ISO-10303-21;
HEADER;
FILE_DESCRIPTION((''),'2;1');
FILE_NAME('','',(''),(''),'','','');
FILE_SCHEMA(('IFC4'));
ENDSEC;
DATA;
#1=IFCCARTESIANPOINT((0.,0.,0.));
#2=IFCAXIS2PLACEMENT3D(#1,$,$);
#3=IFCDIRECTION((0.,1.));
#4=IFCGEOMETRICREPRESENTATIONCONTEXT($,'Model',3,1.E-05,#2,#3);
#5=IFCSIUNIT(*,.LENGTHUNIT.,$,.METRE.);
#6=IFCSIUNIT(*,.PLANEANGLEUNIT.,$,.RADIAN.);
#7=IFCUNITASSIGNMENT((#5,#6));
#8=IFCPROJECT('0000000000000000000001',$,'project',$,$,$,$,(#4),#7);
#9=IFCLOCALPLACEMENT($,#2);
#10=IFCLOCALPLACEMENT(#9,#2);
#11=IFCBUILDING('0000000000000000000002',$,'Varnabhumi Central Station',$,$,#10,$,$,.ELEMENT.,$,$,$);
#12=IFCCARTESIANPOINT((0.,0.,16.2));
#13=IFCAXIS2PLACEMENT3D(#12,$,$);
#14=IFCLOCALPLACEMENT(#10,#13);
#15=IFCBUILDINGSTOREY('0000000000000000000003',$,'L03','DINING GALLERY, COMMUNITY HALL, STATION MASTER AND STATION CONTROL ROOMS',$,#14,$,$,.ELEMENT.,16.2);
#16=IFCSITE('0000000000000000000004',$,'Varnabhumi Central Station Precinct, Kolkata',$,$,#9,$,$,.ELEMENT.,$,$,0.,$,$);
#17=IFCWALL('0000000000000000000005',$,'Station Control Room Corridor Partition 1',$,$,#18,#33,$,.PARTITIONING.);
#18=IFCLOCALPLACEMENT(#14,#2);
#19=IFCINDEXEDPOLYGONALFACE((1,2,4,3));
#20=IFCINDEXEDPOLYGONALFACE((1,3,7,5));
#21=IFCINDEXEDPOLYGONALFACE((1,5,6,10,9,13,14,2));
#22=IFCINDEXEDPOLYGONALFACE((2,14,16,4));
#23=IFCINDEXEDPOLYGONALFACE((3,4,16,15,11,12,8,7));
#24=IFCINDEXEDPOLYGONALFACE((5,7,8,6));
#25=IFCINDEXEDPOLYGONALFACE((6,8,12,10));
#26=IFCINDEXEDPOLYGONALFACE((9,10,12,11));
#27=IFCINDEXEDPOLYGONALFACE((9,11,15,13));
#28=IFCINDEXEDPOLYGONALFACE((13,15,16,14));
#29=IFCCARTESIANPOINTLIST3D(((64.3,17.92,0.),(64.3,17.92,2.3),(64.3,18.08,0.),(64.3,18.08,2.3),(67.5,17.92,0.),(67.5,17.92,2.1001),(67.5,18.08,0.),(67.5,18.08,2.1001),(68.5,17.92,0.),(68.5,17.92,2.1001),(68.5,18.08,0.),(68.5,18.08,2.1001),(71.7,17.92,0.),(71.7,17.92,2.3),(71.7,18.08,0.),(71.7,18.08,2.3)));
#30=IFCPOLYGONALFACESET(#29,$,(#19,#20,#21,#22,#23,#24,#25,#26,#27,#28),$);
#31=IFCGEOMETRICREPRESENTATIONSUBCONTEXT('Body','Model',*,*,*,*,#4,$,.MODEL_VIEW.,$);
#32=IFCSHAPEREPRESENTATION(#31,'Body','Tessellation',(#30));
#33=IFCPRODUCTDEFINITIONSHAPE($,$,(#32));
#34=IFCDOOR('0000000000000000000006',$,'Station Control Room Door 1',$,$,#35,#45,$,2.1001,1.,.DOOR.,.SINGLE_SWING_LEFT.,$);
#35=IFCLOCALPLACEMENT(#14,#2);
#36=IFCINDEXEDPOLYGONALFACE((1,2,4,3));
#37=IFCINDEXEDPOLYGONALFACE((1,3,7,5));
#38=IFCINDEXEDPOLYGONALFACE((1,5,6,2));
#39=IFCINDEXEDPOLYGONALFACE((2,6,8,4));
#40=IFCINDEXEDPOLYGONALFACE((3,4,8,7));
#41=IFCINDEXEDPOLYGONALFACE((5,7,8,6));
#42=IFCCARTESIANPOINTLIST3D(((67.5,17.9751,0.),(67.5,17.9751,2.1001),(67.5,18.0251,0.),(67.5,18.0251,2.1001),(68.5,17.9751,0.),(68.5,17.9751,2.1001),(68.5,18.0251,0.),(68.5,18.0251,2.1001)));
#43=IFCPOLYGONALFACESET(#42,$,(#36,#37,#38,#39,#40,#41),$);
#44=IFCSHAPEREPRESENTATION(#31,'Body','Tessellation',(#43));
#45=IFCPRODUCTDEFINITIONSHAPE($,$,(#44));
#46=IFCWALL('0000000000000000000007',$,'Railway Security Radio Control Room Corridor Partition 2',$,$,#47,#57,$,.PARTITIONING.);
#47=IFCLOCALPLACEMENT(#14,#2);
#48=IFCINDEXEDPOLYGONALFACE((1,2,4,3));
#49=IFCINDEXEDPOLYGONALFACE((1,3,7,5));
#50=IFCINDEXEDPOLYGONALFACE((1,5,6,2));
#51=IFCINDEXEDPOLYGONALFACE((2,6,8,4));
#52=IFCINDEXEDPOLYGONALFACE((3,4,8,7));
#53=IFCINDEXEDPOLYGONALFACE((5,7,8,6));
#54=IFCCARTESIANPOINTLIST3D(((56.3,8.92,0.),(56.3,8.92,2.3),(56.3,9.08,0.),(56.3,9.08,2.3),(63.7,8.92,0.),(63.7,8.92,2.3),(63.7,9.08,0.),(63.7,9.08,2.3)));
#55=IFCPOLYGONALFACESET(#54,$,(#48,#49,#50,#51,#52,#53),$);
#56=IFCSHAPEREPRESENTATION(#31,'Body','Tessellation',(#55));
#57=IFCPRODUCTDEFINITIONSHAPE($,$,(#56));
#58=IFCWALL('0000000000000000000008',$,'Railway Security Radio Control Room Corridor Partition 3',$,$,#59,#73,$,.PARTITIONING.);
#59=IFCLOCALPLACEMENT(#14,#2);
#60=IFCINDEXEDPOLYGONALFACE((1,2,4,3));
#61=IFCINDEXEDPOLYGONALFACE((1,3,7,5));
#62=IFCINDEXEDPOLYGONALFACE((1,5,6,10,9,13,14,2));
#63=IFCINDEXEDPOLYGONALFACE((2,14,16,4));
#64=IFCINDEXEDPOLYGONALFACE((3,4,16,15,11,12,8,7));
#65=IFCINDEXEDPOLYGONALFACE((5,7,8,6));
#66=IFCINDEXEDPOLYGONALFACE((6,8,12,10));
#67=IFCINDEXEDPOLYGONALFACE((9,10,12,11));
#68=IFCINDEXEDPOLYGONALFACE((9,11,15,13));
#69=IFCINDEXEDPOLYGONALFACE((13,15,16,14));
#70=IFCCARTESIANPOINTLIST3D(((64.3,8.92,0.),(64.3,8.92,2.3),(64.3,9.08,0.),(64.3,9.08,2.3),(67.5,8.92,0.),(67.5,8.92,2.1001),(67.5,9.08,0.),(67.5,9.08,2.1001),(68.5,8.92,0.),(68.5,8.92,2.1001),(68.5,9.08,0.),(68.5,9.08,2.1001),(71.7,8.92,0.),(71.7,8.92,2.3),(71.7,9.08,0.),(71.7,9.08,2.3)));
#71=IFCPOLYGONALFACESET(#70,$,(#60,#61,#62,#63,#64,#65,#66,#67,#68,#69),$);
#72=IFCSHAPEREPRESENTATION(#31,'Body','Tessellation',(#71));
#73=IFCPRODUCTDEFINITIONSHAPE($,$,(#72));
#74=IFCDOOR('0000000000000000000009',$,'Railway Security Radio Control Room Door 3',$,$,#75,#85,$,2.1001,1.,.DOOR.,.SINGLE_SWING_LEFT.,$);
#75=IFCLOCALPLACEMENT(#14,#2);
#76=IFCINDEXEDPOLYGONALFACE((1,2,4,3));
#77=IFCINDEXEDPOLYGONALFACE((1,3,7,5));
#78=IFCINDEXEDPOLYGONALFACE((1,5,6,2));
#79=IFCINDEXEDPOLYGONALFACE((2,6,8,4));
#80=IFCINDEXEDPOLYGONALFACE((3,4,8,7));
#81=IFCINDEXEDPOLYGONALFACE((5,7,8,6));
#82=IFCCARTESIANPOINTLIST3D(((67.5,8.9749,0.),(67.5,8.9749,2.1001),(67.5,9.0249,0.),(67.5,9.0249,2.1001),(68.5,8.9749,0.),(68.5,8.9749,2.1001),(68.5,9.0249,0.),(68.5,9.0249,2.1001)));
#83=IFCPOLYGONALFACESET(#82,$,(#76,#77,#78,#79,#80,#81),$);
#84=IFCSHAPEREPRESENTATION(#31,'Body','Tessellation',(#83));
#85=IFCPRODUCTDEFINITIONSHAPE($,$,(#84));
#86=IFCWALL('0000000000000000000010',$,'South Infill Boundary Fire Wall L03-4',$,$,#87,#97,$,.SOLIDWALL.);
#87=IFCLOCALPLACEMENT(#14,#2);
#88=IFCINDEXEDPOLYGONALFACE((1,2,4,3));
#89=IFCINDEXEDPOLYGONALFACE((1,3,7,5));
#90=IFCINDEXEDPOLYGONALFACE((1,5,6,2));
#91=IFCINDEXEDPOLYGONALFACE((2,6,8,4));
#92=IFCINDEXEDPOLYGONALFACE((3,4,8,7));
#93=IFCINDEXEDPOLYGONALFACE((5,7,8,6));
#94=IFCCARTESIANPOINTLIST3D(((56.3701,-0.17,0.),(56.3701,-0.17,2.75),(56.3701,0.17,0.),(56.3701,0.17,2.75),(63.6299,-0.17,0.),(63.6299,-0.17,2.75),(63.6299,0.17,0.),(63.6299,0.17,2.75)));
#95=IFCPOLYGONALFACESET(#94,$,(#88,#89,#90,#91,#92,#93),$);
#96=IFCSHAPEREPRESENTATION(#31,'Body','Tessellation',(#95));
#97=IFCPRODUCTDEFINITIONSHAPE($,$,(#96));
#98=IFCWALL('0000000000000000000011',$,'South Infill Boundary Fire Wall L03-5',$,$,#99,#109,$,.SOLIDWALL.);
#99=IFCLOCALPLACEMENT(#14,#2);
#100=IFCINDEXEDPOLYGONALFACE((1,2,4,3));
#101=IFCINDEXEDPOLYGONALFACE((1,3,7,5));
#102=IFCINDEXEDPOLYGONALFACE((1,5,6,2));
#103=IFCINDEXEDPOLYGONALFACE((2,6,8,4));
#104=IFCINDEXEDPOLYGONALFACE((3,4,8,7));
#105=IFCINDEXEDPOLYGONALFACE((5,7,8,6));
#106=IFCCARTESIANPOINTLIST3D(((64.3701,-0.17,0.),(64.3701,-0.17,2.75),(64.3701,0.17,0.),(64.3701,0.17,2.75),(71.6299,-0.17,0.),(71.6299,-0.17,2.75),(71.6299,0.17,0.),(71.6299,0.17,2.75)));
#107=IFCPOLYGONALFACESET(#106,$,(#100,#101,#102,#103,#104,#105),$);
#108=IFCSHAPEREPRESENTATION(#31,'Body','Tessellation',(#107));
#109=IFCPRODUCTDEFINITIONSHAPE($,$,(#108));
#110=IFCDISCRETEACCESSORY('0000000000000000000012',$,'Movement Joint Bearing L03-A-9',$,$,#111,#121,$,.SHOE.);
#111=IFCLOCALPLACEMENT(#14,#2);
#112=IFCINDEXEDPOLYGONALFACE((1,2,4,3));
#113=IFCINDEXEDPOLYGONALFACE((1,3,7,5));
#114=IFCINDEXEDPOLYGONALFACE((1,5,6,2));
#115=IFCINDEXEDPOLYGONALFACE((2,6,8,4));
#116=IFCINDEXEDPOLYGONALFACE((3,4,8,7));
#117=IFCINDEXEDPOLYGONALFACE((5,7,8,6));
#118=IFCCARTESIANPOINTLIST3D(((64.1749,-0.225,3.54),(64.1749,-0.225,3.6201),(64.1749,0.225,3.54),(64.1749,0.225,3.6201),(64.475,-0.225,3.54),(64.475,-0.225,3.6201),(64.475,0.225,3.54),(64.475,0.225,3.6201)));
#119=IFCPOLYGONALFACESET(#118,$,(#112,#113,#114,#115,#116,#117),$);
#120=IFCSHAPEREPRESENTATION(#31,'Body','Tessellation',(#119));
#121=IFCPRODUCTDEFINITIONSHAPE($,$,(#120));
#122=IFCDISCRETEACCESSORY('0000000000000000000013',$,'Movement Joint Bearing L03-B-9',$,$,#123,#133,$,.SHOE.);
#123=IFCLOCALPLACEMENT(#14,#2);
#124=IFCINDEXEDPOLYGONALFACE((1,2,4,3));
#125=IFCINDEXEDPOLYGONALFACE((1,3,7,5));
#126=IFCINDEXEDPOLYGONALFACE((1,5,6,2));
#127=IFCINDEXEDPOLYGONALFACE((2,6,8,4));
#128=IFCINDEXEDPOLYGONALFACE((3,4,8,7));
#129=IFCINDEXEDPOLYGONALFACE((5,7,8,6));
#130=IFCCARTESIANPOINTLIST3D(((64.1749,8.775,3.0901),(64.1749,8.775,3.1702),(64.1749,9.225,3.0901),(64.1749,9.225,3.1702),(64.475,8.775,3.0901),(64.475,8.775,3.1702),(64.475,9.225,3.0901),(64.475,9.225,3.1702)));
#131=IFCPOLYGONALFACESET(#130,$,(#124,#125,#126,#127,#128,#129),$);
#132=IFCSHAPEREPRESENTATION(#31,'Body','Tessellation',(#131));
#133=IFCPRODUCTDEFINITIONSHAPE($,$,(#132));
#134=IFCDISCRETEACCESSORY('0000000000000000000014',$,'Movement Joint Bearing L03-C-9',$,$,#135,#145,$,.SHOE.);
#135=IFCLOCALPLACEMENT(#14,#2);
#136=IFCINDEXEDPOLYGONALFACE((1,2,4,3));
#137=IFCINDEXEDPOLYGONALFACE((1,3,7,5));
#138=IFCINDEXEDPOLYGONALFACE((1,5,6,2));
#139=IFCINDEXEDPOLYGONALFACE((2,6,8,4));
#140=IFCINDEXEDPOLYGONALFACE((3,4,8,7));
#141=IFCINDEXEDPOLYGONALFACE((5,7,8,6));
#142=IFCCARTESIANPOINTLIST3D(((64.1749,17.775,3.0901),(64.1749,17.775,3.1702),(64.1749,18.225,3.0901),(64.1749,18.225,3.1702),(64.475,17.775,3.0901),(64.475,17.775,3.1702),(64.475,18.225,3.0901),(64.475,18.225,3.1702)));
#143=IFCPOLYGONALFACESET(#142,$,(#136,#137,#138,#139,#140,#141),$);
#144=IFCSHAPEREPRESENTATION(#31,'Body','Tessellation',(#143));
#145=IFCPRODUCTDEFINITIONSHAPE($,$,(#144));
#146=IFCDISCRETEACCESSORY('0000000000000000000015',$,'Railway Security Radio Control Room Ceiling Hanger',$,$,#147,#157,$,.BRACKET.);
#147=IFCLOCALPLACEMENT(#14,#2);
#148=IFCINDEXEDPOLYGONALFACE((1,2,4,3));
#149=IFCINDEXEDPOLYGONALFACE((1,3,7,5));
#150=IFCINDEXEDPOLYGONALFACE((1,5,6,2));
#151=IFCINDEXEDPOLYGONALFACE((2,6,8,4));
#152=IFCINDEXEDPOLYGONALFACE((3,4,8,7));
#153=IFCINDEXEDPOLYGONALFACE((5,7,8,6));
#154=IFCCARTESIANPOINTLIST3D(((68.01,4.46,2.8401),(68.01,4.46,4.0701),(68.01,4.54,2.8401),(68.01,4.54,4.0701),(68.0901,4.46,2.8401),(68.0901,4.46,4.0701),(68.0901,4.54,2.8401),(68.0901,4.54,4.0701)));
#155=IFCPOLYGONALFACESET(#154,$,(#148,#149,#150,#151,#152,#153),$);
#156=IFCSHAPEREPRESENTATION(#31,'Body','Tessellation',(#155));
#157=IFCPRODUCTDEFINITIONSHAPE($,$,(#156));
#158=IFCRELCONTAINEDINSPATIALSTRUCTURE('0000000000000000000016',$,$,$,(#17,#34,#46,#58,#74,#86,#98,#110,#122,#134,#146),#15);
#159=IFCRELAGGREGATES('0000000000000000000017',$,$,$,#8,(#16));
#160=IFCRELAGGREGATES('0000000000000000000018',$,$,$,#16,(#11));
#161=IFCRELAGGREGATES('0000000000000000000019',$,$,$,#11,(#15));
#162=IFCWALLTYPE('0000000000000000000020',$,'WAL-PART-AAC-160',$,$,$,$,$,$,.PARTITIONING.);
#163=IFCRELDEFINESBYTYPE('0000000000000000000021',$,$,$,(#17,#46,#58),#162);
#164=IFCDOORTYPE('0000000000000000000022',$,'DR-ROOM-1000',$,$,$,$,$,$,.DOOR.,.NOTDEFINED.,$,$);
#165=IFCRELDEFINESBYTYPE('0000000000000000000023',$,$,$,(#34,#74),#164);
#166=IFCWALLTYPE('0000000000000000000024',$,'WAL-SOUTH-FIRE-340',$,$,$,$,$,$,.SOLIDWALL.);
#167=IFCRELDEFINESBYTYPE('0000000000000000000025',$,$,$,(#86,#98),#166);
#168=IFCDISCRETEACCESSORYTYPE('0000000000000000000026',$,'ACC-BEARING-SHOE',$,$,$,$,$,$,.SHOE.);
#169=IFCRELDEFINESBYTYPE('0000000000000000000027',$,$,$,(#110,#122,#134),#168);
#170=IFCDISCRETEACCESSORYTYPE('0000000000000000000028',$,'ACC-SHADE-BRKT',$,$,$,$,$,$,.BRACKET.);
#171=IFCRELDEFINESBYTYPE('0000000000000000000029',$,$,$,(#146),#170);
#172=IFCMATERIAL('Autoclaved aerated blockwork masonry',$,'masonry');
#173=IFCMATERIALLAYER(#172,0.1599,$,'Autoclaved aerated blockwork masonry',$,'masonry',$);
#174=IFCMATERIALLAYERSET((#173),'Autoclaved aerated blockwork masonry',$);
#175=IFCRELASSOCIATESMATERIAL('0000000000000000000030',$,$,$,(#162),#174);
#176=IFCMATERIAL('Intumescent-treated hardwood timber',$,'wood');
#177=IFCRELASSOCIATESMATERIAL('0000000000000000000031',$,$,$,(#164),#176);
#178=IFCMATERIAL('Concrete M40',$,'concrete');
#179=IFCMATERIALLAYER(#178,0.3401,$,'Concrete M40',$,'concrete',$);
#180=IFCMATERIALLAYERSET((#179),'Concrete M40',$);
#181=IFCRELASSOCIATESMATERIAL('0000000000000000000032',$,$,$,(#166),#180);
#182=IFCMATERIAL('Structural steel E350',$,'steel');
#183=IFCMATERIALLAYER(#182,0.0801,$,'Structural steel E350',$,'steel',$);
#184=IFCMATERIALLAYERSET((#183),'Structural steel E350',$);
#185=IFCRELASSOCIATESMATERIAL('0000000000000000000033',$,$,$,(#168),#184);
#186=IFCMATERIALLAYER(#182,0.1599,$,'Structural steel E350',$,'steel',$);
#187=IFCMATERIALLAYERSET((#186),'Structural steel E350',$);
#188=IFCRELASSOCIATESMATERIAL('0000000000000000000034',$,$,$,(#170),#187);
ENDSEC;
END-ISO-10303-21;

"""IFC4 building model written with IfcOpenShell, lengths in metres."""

from ifc_helpers import new_model, si_unit, direction, frame, frame_2d, origin, origin_2d, place, context, subcontext, project, spatial, rectangle, extrude, material, layer, layer_set, type_object, element, fill, save


model = new_model("IFC4")

# Units and contexts
model_context = context("Model", 3, precision=1e-05, world=origin(), true_north=direction((0.0, 1.0)))
body_context = subcontext(model_context, "Body", "Model", "MODEL_VIEW")
ifc_project = project(units=[si_unit("LENGTHUNIT", "METRE"), si_unit("PLANEANGLEUNIT", "RADIAN")], contexts=[model_context])

# Site, building, storey
site_placement = place(None, origin())
site = spatial("IfcSite", under=ifc_project, at=site_placement, Name="Varnabhumi Central Station Precinct, Kolkata", CompositionType="ELEMENT", RefElevation=0.0)
building_placement = place(site_placement, origin())
building = spatial("IfcBuilding", under=site, at=building_placement, Name="Varnabhumi Central Station", CompositionType="ELEMENT")
storey_placement = place(building_placement, frame((0.0, 0.0, 16.2)))
storey = spatial("IfcBuildingStorey", under=building, at=storey_placement, Name="L03", Description="DINING GALLERY, COMMUNITY HALL, STATION MASTER AND STATION CONTROL ROOMS", CompositionType="ELEMENT", Elevation=16.2)

# Shared definitions
ifc_material_1 = material(Name="Concrete M40", Category="concrete")

# Shared definitions
ifc_material_2 = material(Name="Structural steel E350", Category="steel")

# Wall, opening, door
ifc_material_3 = material(Name="Autoclaved aerated blockwork masonry", Category="masonry")
ifc_layer_1 = layer(ifc_material_3, 0.1599, Name="Autoclaved aerated blockwork masonry", Category="masonry")
ifc_layer_set_1 = layer_set([ifc_layer_1], Name="Autoclaved aerated blockwork masonry")
wall_type_1 = type_object("IfcWallType", Name="WAL-PART-AAC-160", PredefinedType="PARTITIONING", material=ifc_layer_set_1)
ifc_material_4 = material(Name="Intumescent-treated hardwood timber", Category="wood")
door_type = type_object("IfcDoorType", Name="DR-ROOM-1000", OperationType="NOTDEFINED", PredefinedType="DOOR", material=ifc_material_4)
wall_1_placement = place(storey_placement, frame((64.3, 18.0, 0.0), z_axis=(0.0, 0.0, 1.0), x_axis=(1.0, 0.0, 0.0)))
wall_1 = element("IfcWall", 1, at=wall_1_placement, inside=storey, type_object=wall_type_1, Name="Station Control Room Corridor Partition 1", PredefinedType="PARTITIONING", context=body_context, shape_type="SweptSolid", body=[
    extrude(rectangle(XDim=7.3999, YDim=0.1599, at=frame_2d((3.7, 0.0))), origin(), (0.0, 0.0, 1.0), 2.3),
])
opening_1_placement = place(wall_1_placement, frame((3.2, 0.0, 0.0)))
opening_1 = element("IfcOpeningElement", 2, at=opening_1_placement, cuts=wall_1, PredefinedType="OPENING", context=body_context, shape_type="SweptSolid", body=[
    extrude(rectangle(XDim=1.0, YDim=2.1001, at=frame_2d((0.5, 1.05))), frame((0.0, 0.0898, 0.0), z_axis=(0.0, -1.0, 0.0), x_axis=(1.0, 0.0, 0.0)), (0.0, 0.0, 1.0), 0.1799),
])
door_1_placement = place(opening_1_placement, frame((1.0, 0.0, 0.0), z_axis=(0.0, 0.0, 1.0), x_axis=(-1.0, 0.0, 0.0)))
door_1 = element("IfcDoor", 3, at=door_1_placement, inside=storey, type_object=door_type, Name="Station Control Room Door 1", OperationType="SINGLE_SWING_LEFT", OverallHeight=2.1001, OverallWidth=1.0, PredefinedType="DOOR", context=body_context, shape_type="SweptSolid", body=[
    extrude(rectangle(XDim=1.0, YDim=2.1001, at=frame_2d((0.5, 1.05))), frame((0.0, 0.0249, 0.0), z_axis=(0.0, -1.0, 0.0), x_axis=(1.0, 0.0, 0.0)), (0.0, 0.0, 1.0), 0.05),
])
fill(opening_1, door_1)

# Wall
wall_2_placement = place(storey_placement, frame((56.3, 9.0, 0.0), z_axis=(0.0, 0.0, 1.0), x_axis=(1.0, 0.0, 0.0)))
element("IfcWall", 4, at=wall_2_placement, inside=storey, type_object=wall_type_1, Name="Railway Security Radio Control Room Corridor Partition 2", PredefinedType="PARTITIONING", context=body_context, shape_type="SweptSolid", body=[
    extrude(rectangle(XDim=7.3999, YDim=0.1599, at=frame_2d((3.7, 0.0))), origin(), (0.0, 0.0, 1.0), 2.3),
])

# Wall, opening, door
wall_3_placement = place(storey_placement, frame((64.3, 9.0, 0.0), z_axis=(0.0, 0.0, 1.0), x_axis=(1.0, 0.0, 0.0)))
wall_3 = element("IfcWall", 5, at=wall_3_placement, inside=storey, type_object=wall_type_1, Name="Railway Security Radio Control Room Corridor Partition 3", PredefinedType="PARTITIONING", context=body_context, shape_type="SweptSolid", body=[
    extrude(rectangle(XDim=7.3999, YDim=0.1599, at=frame_2d((3.7, 0.0))), origin(), (0.0, 0.0, 1.0), 2.3),
])
opening_2_placement = place(wall_3_placement, frame((3.2, 0.0, 0.0)))
opening_2 = element("IfcOpeningElement", 6, at=opening_2_placement, cuts=wall_3, PredefinedType="OPENING", context=body_context, shape_type="SweptSolid", body=[
    extrude(rectangle(XDim=1.0, YDim=2.1001, at=frame_2d((0.5, 1.05))), frame((0.0, 0.0898, 0.0), z_axis=(0.0, -1.0, 0.0), x_axis=(1.0, 0.0, 0.0)), (0.0, 0.0, 1.0), 0.1799),
])
door_2_placement = place(opening_2_placement, origin())
door_2 = element("IfcDoor", 7, at=door_2_placement, inside=storey, type_object=door_type, Name="Railway Security Radio Control Room Door 3", OperationType="SINGLE_SWING_LEFT", OverallHeight=2.1001, OverallWidth=1.0, PredefinedType="DOOR", context=body_context, shape_type="SweptSolid", body=[
    extrude(rectangle(XDim=1.0, YDim=2.1001, at=frame_2d((0.5, 1.05))), frame((0.0, 0.0249, 0.0), z_axis=(0.0, -1.0, 0.0), x_axis=(1.0, 0.0, 0.0)), (0.0, 0.0, 1.0), 0.05),
])
fill(opening_2, door_2)

# Walls
ifc_layer_2 = layer(ifc_material_1, 0.3401, Name="Concrete M40", Category="concrete")
ifc_layer_set_2 = layer_set([ifc_layer_2], Name="Concrete M40")
wall_type_2 = type_object("IfcWallType", Name="WAL-SOUTH-FIRE-340", PredefinedType="SOLIDWALL", material=ifc_layer_set_2)
for number, where, z_axis, x_axis, name in (
    (8, (56.3701, 0.0, 0.0), (0.0, 0.0, 1.0), (1.0, 0.0, 0.0), "South Infill Boundary Fire Wall L03-4"),
    (9, (64.3701, 0.0, 0.0), (0.0, 0.0, 1.0), (1.0, 0.0, 0.0), "South Infill Boundary Fire Wall L03-5"),
):
    element("IfcWall", number, at=place(storey_placement, frame(where, z_axis=z_axis, x_axis=x_axis)), inside=storey, type_object=wall_type_2, Name=name, PredefinedType="SOLIDWALL", context=body_context, shape_type="SweptSolid", body=[
        extrude(rectangle(XDim=7.2598, YDim=0.3401, at=frame_2d((3.6299, 0.0))), origin(), (0.0, 0.0, 1.0), 2.75),
    ])

# Discrete accessories
ifc_layer_3 = layer(ifc_material_2, 0.0801, Name="Structural steel E350", Category="steel")
ifc_layer_set_3 = layer_set([ifc_layer_3], Name="Structural steel E350")
discrete_accessory_type_1 = type_object("IfcDiscreteAccessoryType", Name="ACC-BEARING-SHOE", PredefinedType="SHOE", material=ifc_layer_set_3)
for number, where, z_axis, x_axis, name in (
    (10, (64.325, 0.0, 3.54), (0.0, 0.0, 1.0), (1.0, 0.0, 0.0), "Movement Joint Bearing L03-A-9"),
    (11, (64.325, 9.0, 3.0901), (0.0, 0.0, 1.0), (1.0, 0.0, 0.0), "Movement Joint Bearing L03-B-9"),
    (12, (64.325, 18.0, 3.0901), (0.0, 0.0, 1.0), (1.0, 0.0, 0.0), "Movement Joint Bearing L03-C-9"),
):
    element("IfcDiscreteAccessory", number, at=place(storey_placement, frame(where, z_axis=z_axis, x_axis=x_axis)), inside=storey, type_object=discrete_accessory_type_1, Name=name, PredefinedType="SHOE", context=body_context, shape_type="SweptSolid", body=[
        extrude(rectangle(XDim=0.3, YDim=0.45, at=origin_2d()), origin(), (0.0, 0.0, 1.0), 0.0801),
    ])
ifc_layer_4 = layer(ifc_material_2, 0.1599, Name="Structural steel E350", Category="steel")
ifc_layer_set_4 = layer_set([ifc_layer_4], Name="Structural steel E350")
discrete_accessory_type_2 = type_object("IfcDiscreteAccessoryType", Name="ACC-SHADE-BRKT", PredefinedType="BRACKET", material=ifc_layer_set_4)
discrete_accessory_placement = place(storey_placement, frame((68.05, 4.5, 2.8401), z_axis=(0.0, 0.0, 1.0), x_axis=(1.0, 0.0, 0.0)))
element("IfcDiscreteAccessory", 13, at=discrete_accessory_placement, inside=storey, type_object=discrete_accessory_type_2, Name="Railway Security Radio Control Room Ceiling Hanger", PredefinedType="BRACKET", context=body_context, shape_type="SweptSolid", body=[
    extrude(rectangle(XDim=0.0801, YDim=0.0801, at=origin_2d()), origin(), (0.0, 0.0, 1.0), 1.23),
])

save(model, "model.ifc")
